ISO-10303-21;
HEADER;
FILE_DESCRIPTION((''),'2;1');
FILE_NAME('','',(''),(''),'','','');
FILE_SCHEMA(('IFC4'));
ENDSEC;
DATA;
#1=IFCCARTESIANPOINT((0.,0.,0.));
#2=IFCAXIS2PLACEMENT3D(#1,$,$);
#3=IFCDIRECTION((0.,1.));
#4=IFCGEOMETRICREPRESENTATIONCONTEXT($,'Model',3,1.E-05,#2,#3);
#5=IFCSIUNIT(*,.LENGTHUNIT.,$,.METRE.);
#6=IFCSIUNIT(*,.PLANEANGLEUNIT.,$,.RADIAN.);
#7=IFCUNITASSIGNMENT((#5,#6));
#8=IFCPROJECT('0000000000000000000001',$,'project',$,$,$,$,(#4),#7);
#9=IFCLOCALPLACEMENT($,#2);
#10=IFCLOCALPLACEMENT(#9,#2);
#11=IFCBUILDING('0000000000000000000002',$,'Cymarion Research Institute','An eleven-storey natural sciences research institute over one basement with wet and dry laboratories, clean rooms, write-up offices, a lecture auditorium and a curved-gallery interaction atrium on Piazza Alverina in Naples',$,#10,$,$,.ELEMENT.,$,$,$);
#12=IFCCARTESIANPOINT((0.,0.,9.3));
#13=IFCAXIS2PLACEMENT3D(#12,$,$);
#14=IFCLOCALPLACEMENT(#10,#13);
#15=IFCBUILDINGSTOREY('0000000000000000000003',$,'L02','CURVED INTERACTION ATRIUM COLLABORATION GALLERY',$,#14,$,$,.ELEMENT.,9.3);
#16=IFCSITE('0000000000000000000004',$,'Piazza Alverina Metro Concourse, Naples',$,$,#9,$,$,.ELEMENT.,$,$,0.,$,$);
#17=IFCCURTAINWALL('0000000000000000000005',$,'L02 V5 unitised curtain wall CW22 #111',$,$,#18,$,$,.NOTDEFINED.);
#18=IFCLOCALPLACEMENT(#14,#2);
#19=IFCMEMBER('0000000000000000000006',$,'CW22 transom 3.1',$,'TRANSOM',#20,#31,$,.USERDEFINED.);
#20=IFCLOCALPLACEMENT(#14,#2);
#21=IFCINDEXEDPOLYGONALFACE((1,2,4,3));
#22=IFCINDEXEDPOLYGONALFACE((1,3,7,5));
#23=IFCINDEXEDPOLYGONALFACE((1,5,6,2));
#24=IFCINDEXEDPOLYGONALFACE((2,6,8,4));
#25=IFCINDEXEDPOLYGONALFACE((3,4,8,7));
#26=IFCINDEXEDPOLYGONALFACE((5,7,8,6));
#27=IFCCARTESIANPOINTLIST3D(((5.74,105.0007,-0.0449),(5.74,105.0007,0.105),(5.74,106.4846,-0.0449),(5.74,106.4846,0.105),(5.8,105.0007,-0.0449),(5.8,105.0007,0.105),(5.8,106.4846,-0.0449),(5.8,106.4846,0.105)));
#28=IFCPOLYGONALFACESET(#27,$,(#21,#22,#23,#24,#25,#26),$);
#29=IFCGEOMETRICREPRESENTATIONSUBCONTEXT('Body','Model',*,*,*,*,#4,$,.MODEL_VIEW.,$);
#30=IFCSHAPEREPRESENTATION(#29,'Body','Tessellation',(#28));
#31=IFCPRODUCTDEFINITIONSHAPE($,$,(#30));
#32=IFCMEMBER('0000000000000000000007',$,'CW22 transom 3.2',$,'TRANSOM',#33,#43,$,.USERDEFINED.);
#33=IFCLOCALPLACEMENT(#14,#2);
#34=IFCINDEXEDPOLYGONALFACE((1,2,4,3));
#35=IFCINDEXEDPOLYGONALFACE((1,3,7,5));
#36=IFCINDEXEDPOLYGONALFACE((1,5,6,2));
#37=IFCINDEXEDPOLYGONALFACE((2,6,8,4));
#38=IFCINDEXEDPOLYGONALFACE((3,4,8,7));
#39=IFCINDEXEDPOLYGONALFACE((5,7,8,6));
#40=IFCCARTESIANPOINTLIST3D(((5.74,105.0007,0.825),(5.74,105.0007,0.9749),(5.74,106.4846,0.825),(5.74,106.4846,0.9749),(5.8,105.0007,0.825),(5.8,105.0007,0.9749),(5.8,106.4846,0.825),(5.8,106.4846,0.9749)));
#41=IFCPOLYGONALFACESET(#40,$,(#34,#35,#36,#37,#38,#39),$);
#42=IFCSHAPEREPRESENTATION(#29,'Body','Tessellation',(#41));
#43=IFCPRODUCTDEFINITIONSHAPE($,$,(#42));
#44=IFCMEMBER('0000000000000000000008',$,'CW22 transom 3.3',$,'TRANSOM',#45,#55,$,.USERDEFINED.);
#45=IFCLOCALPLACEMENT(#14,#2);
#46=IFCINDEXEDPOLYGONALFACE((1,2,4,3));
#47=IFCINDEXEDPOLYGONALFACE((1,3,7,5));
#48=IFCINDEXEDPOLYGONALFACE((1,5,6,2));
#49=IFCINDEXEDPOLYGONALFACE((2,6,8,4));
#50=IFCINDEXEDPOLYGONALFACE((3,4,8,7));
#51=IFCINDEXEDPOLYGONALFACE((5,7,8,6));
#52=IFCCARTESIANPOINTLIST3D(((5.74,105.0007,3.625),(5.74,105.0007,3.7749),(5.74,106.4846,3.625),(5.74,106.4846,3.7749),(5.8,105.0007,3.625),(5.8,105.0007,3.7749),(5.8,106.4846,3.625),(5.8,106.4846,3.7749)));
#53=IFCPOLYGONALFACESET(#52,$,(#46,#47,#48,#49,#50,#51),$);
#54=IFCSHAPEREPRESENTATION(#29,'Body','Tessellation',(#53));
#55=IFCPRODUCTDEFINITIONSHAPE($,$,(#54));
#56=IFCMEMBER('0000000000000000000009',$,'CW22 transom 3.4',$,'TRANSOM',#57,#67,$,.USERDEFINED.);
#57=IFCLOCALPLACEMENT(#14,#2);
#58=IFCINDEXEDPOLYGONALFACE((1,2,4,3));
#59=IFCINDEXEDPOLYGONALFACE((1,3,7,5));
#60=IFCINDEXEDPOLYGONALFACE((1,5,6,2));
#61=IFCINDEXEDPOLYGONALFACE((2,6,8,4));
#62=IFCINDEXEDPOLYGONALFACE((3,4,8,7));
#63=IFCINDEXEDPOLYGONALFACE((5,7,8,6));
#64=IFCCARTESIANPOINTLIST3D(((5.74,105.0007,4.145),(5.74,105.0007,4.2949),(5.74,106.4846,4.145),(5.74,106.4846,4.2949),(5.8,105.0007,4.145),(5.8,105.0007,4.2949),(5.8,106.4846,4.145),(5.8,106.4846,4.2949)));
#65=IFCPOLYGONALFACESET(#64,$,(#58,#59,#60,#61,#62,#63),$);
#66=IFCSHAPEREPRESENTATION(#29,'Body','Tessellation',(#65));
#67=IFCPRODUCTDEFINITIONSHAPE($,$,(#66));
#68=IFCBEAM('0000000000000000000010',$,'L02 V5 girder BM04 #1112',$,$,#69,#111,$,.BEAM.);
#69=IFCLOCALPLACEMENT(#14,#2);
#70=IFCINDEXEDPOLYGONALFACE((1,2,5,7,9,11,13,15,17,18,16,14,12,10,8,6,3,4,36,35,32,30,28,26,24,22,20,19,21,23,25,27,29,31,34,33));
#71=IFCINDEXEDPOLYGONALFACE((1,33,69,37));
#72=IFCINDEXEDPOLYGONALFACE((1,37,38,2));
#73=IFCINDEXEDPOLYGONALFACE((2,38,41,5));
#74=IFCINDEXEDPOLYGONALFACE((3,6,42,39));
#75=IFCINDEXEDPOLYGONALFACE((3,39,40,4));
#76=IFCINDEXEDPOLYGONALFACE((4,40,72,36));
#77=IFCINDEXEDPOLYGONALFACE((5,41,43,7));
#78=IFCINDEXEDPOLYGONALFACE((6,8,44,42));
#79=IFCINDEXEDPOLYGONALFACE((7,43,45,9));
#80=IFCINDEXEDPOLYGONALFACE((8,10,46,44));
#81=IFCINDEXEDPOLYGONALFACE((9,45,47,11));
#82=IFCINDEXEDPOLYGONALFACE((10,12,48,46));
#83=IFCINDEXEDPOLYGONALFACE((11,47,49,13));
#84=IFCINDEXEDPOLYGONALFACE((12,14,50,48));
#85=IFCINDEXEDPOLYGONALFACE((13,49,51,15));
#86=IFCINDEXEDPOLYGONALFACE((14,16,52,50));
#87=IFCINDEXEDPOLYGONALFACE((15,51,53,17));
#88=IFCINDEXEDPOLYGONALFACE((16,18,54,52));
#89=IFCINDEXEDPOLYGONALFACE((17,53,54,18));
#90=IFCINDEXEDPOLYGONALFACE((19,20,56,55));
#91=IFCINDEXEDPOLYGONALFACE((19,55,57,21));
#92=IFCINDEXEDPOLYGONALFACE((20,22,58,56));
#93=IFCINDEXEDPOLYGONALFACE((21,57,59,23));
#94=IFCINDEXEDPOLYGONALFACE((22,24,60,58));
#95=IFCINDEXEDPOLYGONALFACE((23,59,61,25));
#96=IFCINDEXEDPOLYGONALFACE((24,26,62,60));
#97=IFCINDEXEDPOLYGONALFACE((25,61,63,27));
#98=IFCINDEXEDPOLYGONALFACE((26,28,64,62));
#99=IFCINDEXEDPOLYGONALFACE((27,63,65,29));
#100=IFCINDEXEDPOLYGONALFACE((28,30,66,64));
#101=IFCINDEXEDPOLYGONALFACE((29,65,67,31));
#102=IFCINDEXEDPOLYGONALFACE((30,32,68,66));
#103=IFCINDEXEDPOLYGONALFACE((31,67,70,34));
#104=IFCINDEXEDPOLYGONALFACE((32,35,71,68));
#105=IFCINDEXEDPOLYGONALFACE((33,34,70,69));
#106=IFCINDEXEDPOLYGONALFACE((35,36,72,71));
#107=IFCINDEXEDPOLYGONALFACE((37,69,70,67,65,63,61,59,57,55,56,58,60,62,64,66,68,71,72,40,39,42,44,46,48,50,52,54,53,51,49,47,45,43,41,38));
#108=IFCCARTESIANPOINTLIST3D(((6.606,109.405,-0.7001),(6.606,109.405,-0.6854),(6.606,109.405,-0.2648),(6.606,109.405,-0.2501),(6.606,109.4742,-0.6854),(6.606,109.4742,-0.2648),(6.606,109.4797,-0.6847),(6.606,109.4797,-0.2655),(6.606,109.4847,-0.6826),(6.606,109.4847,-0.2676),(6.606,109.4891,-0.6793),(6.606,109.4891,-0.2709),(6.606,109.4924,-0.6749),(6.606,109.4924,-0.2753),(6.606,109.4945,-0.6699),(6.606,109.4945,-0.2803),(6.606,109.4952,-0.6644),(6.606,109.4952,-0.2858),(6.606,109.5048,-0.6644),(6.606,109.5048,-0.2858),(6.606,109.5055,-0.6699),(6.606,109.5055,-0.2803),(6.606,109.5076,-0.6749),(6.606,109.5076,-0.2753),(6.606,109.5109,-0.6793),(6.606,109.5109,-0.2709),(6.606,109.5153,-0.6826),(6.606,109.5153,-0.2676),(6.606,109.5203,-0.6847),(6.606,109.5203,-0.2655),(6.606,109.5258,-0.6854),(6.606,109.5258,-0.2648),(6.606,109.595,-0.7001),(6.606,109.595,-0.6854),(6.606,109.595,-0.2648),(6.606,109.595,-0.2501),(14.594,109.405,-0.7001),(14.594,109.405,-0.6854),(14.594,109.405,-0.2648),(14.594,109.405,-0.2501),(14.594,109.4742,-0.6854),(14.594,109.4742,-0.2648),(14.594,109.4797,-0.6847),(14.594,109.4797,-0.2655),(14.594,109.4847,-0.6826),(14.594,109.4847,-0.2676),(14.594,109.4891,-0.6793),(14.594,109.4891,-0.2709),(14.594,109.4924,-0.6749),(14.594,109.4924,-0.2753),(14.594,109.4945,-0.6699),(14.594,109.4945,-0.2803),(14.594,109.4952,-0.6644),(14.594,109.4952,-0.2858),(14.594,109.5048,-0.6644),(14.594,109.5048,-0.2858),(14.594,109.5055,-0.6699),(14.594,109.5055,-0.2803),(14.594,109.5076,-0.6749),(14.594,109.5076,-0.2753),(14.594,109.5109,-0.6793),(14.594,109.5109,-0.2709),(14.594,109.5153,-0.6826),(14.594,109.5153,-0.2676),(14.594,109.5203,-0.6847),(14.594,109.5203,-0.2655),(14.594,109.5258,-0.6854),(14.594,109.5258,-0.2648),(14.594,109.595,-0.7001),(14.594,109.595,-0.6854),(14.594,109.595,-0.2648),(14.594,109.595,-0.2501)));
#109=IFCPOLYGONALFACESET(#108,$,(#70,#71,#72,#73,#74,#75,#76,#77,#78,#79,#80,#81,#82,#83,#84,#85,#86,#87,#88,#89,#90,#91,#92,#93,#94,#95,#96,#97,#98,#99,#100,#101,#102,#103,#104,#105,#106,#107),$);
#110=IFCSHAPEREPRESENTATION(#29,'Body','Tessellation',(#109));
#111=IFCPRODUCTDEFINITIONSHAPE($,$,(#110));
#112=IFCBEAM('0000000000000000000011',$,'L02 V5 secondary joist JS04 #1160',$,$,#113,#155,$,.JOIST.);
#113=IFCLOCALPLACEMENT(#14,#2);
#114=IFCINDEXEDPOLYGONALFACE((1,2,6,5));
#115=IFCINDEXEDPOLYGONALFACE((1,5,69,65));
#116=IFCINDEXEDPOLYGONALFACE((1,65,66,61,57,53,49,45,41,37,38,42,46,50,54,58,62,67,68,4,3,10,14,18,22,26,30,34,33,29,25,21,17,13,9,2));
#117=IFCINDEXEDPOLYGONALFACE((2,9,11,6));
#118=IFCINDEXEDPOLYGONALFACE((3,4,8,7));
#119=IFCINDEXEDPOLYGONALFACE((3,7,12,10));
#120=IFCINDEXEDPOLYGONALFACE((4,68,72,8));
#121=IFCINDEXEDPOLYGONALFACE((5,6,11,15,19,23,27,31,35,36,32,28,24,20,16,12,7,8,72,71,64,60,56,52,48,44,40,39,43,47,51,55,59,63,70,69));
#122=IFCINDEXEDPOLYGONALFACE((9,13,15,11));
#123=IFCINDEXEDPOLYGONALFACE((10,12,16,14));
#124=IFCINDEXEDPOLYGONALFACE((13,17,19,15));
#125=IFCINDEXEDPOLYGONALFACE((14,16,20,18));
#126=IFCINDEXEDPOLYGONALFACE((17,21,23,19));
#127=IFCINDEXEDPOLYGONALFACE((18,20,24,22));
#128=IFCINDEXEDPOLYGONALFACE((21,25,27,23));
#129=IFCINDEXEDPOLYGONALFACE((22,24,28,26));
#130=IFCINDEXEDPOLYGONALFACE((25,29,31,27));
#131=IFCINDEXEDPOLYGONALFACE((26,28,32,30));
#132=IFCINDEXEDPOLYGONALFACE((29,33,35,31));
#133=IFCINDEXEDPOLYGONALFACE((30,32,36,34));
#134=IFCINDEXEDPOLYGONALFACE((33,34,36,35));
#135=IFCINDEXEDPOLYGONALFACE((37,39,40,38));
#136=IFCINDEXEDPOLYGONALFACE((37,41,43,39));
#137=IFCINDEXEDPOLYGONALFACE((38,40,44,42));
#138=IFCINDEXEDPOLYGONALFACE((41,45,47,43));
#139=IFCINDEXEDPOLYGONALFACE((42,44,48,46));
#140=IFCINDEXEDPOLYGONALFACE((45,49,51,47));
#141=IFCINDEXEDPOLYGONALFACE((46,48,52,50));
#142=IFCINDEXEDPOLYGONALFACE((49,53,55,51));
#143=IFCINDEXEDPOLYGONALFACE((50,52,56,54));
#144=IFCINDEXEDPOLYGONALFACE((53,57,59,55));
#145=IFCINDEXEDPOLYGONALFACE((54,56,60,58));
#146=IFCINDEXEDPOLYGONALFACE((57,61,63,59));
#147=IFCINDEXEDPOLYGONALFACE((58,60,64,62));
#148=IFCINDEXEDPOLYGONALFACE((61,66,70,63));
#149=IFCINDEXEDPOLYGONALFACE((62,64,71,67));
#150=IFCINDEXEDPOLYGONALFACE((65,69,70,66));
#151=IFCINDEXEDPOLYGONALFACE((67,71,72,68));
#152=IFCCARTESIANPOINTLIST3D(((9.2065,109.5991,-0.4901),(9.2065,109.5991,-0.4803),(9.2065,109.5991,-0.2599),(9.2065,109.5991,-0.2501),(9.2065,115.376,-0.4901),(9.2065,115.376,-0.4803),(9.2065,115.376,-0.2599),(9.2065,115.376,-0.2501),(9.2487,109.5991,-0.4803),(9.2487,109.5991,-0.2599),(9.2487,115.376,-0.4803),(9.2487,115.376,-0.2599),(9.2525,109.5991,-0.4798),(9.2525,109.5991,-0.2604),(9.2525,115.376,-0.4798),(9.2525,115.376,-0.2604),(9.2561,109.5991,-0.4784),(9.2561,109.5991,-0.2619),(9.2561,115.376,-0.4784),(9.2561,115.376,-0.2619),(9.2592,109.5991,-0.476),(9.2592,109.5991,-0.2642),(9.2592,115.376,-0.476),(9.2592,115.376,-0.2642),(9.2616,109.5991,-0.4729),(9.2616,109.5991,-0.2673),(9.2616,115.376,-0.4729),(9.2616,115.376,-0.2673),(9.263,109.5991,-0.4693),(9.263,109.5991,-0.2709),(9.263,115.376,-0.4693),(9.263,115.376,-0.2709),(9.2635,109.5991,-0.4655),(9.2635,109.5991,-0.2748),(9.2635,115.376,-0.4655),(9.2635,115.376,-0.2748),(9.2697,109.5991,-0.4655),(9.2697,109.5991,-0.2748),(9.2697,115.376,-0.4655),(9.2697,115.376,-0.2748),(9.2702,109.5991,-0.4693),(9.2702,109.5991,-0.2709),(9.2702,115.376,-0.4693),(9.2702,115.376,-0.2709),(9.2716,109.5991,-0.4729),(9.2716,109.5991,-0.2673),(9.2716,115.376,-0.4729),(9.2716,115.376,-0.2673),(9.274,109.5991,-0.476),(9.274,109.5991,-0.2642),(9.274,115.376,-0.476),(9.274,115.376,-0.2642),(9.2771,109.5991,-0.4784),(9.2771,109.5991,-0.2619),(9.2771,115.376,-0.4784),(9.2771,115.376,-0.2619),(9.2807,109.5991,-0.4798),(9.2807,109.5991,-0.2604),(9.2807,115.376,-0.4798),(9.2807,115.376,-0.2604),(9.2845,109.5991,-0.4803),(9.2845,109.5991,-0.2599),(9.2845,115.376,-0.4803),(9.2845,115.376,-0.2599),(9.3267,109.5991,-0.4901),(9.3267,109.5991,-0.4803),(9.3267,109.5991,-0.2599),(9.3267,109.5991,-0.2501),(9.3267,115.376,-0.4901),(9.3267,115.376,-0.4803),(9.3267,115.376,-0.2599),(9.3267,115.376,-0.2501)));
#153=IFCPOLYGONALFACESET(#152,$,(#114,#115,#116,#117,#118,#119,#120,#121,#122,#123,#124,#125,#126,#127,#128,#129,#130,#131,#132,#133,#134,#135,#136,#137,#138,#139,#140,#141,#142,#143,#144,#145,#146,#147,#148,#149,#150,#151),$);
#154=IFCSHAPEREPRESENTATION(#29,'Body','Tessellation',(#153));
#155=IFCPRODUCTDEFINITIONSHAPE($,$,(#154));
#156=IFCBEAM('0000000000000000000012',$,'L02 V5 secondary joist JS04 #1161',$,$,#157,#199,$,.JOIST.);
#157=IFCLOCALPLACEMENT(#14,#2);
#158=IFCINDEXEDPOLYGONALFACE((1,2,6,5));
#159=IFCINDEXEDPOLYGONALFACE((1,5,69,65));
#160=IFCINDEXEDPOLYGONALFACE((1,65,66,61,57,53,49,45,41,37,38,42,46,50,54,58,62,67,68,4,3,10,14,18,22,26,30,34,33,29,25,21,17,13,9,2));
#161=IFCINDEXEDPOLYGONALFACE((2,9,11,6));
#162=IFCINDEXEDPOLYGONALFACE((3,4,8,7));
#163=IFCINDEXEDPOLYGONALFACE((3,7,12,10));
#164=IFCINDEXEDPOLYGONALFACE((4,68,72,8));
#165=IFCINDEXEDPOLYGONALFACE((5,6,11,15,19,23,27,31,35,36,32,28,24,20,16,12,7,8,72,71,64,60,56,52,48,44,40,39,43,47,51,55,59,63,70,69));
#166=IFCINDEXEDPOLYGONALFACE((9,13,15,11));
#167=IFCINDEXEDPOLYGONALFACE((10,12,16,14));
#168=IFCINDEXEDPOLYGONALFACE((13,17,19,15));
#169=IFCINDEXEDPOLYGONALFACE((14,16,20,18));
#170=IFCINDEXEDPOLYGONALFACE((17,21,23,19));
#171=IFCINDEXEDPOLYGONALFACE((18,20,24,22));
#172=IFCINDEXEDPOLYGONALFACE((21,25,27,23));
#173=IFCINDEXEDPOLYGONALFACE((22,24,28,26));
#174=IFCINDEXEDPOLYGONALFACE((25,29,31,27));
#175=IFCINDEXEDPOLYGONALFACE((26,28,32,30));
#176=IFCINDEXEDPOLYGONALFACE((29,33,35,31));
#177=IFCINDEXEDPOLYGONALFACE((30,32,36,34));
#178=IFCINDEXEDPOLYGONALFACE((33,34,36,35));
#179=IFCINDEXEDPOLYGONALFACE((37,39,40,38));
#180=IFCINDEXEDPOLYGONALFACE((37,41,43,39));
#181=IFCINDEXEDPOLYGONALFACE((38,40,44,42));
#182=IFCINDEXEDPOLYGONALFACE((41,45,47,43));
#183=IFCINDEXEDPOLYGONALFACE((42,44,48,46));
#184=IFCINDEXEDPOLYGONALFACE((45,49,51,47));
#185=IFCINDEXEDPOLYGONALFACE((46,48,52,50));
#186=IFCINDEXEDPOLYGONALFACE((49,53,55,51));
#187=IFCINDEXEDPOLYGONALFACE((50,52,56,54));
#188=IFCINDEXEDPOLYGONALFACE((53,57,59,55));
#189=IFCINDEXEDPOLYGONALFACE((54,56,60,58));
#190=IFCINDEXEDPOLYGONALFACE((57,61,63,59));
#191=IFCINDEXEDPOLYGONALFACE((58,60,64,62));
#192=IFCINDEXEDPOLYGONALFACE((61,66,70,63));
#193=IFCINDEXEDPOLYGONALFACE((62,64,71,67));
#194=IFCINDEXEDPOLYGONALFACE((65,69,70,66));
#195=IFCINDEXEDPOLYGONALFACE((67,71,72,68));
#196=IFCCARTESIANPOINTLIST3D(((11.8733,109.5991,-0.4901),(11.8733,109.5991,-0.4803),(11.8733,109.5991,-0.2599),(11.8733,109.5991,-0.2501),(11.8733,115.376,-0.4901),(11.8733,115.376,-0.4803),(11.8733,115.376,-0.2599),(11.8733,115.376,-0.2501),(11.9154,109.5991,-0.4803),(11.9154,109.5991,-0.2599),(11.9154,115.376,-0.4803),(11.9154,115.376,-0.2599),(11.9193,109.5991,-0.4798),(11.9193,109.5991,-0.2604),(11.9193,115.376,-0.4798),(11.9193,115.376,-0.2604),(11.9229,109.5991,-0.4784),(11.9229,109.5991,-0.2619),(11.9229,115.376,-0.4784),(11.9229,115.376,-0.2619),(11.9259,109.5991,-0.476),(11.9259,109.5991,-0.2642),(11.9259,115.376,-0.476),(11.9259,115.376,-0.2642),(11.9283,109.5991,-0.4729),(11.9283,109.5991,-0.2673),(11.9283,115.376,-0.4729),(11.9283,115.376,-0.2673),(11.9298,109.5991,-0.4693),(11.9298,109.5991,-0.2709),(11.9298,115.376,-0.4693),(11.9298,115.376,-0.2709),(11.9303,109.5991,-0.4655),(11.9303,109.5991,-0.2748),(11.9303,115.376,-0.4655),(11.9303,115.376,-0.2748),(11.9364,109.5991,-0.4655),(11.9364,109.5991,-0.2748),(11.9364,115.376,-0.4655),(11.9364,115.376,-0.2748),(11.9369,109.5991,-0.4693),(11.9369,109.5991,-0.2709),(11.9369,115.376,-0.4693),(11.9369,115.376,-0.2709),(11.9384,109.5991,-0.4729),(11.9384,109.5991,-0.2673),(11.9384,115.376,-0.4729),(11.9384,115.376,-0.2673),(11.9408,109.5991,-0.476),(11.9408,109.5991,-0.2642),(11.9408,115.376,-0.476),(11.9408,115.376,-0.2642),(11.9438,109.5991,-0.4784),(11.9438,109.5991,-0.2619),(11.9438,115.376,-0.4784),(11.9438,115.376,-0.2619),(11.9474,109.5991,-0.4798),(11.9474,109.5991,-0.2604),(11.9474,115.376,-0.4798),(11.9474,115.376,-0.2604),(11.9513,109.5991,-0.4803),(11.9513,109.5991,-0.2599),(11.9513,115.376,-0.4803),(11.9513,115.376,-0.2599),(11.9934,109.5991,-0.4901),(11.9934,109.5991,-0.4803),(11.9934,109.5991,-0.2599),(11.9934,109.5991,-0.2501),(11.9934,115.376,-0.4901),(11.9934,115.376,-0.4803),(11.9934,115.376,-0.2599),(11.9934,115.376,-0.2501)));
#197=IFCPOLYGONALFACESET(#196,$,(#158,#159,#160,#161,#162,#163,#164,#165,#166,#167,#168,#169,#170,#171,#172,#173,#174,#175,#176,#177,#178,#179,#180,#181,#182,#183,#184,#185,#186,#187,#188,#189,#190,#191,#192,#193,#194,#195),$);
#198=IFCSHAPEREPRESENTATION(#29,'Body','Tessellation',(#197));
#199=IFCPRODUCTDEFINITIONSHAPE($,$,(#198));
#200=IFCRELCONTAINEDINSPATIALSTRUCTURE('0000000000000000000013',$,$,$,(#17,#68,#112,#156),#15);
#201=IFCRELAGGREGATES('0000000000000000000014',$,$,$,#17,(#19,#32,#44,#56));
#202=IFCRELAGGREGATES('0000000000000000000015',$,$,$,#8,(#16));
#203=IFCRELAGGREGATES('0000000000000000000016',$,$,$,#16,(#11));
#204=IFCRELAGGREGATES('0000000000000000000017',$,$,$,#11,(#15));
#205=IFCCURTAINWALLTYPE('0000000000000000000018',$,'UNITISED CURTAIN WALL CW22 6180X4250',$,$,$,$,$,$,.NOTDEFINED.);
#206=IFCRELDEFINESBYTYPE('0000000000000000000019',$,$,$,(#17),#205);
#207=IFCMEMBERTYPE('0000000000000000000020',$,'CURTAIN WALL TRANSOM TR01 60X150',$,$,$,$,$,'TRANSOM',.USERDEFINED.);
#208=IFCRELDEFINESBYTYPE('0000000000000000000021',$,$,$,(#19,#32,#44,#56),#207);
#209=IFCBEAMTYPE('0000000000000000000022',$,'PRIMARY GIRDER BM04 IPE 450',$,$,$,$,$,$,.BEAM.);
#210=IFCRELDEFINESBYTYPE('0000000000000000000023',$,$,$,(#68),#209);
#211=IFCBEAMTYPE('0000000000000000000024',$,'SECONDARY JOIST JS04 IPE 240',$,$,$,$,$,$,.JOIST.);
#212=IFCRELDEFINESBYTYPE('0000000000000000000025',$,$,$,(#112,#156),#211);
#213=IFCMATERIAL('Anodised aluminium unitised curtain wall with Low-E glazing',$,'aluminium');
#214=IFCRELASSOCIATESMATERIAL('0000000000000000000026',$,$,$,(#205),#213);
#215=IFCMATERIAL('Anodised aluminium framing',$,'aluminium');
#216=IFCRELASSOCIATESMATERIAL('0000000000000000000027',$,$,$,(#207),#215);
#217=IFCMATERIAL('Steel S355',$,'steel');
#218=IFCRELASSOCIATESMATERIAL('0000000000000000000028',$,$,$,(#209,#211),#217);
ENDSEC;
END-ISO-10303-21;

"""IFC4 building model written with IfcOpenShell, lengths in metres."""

from ifc_helpers import new_model, si_unit, direction, frame, origin, origin_2d, place, context, subcontext, project, spatial, rectangle, i_section, extrude, material, material_profile, profile_set, type_object, element, aggregate, save


model = new_model("IFC4")

# Units and contexts
model_context = context("Model", 3, precision=1e-05, world=origin(), true_north=direction((0.0, 1.0)))
body_context = subcontext(model_context, "Body", "Model", "MODEL_VIEW")
ifc_project = project(units=[si_unit("LENGTHUNIT", "METRE"), si_unit("PLANEANGLEUNIT", "RADIAN")], contexts=[model_context])

# Site, building, storey
site_placement = place(None, origin())
site = spatial("IfcSite", under=ifc_project, at=site_placement, Name="Piazza Alverina Metro Concourse, Naples", CompositionType="ELEMENT", RefElevation=0.0)
building_placement = place(site_placement, origin())
building = spatial("IfcBuilding", under=site, at=building_placement, Name="Cymarion Research Institute", Description="An eleven-storey natural sciences research institute over one basement with wet and dry laboratories, clean rooms, write-up offices, a lecture auditorium and a curved-gallery interaction atrium on Piazza Alverina in Naples", CompositionType="ELEMENT")
storey_placement = place(building_placement, frame((0.0, 0.0, 9.3)))
storey = spatial("IfcBuildingStorey", under=building, at=storey_placement, Name="L02", Description="CURVED INTERACTION ATRIUM COLLABORATION GALLERY", CompositionType="ELEMENT", Elevation=9.3)

# Shared definitions
ifc_material_1 = material(Name="Steel S355", Category="steel")

# Curtain wall, members
ifc_material_2 = material(Name="Anodised aluminium unitised curtain wall with Low-E glazing", Category="aluminium")
curtain_wall_type = type_object("IfcCurtainWallType", Name="UNITISED CURTAIN WALL CW22 6180X4250", PredefinedType="NOTDEFINED", material=ifc_material_2)
curtain_wall_placement = place(storey_placement, origin())
curtain_wall = element("IfcCurtainWall", 1, at=curtain_wall_placement, inside=storey, type_object=curtain_wall_type, Name="L02 V5 unitised curtain wall CW22 #111", PredefinedType="NOTDEFINED")
ifc_material_3 = material(Name="Anodised aluminium framing", Category="aluminium")
ifc_material_profile_1 = material_profile(ifc_material_3, rectangle(XDim=0.0601, YDim=0.1499, at=origin_2d()), Name="ALU TRANSOM 60x150")
ifc_profile_set_1 = profile_set([ifc_material_profile_1], Name="Anodised aluminium framing")
member_type_1 = type_object("IfcMemberType", Name="CURTAIN WALL TRANSOM TR01 60X150", ElementType="TRANSOM", PredefinedType="USERDEFINED", material=ifc_profile_set_1)
member_1_placement = place(storey_placement, frame((5.77, 106.4846, 0.03), z_axis=(0.0, -1.0, 0.0), x_axis=(1.0, 0.0, 0.0)))
member_1 = element("IfcMember", 2, at=member_1_placement, type_object=member_type_1, Name="CW22 transom 3.1", ObjectType="TRANSOM", PredefinedType="USERDEFINED", context=body_context, shape_type="SweptSolid", body=[
    extrude(rectangle(XDim=0.0601, YDim=0.1499, at=origin_2d()), origin(), (0.0, 0.0, 1.0), 1.4839),
])
member_2_placement = place(storey_placement, frame((5.77, 106.4846, 0.8999), z_axis=(0.0, -1.0, 0.0), x_axis=(1.0, 0.0, 0.0)))
member_2 = element("IfcMember", 3, at=member_2_placement, type_object=member_type_1, Name="CW22 transom 3.2", ObjectType="TRANSOM", PredefinedType="USERDEFINED", context=body_context, shape_type="SweptSolid", body=[
    extrude(rectangle(XDim=0.0601, YDim=0.1499, at=origin_2d()), origin(), (0.0, 0.0, 1.0), 1.4839),
])
member_3_placement = place(storey_placement, frame((5.77, 106.4846, 3.7), z_axis=(0.0, -1.0, 0.0), x_axis=(1.0, 0.0, 0.0)))
member_3 = element("IfcMember", 4, at=member_3_placement, type_object=member_type_1, Name="CW22 transom 3.3", ObjectType="TRANSOM", PredefinedType="USERDEFINED", context=body_context, shape_type="SweptSolid", body=[
    extrude(rectangle(XDim=0.0601, YDim=0.1499, at=origin_2d()), origin(), (0.0, 0.0, 1.0), 1.4839),
])
member_4_placement = place(storey_placement, frame((5.77, 106.4846, 4.22), z_axis=(0.0, -1.0, 0.0), x_axis=(1.0, 0.0, 0.0)))
member_4 = element("IfcMember", 5, at=member_4_placement, type_object=member_type_1, Name="CW22 transom 3.4", ObjectType="TRANSOM", PredefinedType="USERDEFINED", context=body_context, shape_type="SweptSolid", body=[
    extrude(rectangle(XDim=0.0601, YDim=0.1499, at=origin_2d()), origin(), (0.0, 0.0, 1.0), 1.4839),
])

# Beams
ifc_material_profile_2 = material_profile(ifc_material_1, i_section(OverallWidth=0.1899, OverallDepth=0.45, WebThickness=0.0095, FlangeThickness=0.0146, FilletRadius=0.021, at=origin_2d()), Name="IPE 450")
ifc_profile_set_2 = profile_set([ifc_material_profile_2], Name="Steel S355")
beam_type_1 = type_object("IfcBeamType", Name="PRIMARY GIRDER BM04 IPE 450", PredefinedType="BEAM", material=ifc_profile_set_2)
beam_1_placement = place(storey_placement, frame((6.606, 109.5, -0.4751), z_axis=(1.0, 0.0, 0.0), x_axis=(0.0, 1.0, 0.0)))
element("IfcBeam", 6, at=beam_1_placement, inside=storey, type_object=beam_type_1, Name="L02 V5 girder BM04 #1112", PredefinedType="BEAM", context=body_context, shape_type="SweptSolid", body=[
    extrude(i_section(OverallWidth=0.1899, OverallDepth=0.45, WebThickness=0.0095, FlangeThickness=0.0146, FilletRadius=0.021, at=origin_2d()), origin(), (0.0, 0.0, 1.0), 7.988),
])
ifc_material_profile_3 = material_profile(ifc_material_1, i_section(OverallWidth=0.1201, OverallDepth=0.24, WebThickness=0.0061, FlangeThickness=0.0098, FilletRadius=0.0149, at=origin_2d()), Name="IPE 240")
ifc_profile_set_3 = profile_set([ifc_material_profile_3], Name="Steel S355")
beam_type_2 = type_object("IfcBeamType", Name="SECONDARY JOIST JS04 IPE 240", PredefinedType="JOIST", material=ifc_profile_set_3)
for number, where, z_axis, x_axis, name in (
    (7, (9.2666, 109.5991, -0.3701), (0.0, 1.0, 0.0), (-1.0, 0.0, 0.0), "L02 V5 secondary joist JS04 #1160"),
    (8, (11.9333, 109.5991, -0.3701), (0.0, 1.0, 0.0), (-1.0, 0.0, 0.0), "L02 V5 secondary joist JS04 #1161"),
):
    element("IfcBeam", number, at=place(storey_placement, frame(where, z_axis=z_axis, x_axis=x_axis)), inside=storey, type_object=beam_type_2, Name=name, PredefinedType="JOIST", context=body_context, shape_type="SweptSolid", body=[
        extrude(i_section(OverallWidth=0.1201, OverallDepth=0.24, WebThickness=0.0061, FlangeThickness=0.0098, FilletRadius=0.0149, at=origin_2d()), origin(), (0.0, 0.0, 1.0), 5.7769),
    ])

aggregate(curtain_wall, [member_1, member_2, member_3, member_4])

save(model, "model.ifc")
